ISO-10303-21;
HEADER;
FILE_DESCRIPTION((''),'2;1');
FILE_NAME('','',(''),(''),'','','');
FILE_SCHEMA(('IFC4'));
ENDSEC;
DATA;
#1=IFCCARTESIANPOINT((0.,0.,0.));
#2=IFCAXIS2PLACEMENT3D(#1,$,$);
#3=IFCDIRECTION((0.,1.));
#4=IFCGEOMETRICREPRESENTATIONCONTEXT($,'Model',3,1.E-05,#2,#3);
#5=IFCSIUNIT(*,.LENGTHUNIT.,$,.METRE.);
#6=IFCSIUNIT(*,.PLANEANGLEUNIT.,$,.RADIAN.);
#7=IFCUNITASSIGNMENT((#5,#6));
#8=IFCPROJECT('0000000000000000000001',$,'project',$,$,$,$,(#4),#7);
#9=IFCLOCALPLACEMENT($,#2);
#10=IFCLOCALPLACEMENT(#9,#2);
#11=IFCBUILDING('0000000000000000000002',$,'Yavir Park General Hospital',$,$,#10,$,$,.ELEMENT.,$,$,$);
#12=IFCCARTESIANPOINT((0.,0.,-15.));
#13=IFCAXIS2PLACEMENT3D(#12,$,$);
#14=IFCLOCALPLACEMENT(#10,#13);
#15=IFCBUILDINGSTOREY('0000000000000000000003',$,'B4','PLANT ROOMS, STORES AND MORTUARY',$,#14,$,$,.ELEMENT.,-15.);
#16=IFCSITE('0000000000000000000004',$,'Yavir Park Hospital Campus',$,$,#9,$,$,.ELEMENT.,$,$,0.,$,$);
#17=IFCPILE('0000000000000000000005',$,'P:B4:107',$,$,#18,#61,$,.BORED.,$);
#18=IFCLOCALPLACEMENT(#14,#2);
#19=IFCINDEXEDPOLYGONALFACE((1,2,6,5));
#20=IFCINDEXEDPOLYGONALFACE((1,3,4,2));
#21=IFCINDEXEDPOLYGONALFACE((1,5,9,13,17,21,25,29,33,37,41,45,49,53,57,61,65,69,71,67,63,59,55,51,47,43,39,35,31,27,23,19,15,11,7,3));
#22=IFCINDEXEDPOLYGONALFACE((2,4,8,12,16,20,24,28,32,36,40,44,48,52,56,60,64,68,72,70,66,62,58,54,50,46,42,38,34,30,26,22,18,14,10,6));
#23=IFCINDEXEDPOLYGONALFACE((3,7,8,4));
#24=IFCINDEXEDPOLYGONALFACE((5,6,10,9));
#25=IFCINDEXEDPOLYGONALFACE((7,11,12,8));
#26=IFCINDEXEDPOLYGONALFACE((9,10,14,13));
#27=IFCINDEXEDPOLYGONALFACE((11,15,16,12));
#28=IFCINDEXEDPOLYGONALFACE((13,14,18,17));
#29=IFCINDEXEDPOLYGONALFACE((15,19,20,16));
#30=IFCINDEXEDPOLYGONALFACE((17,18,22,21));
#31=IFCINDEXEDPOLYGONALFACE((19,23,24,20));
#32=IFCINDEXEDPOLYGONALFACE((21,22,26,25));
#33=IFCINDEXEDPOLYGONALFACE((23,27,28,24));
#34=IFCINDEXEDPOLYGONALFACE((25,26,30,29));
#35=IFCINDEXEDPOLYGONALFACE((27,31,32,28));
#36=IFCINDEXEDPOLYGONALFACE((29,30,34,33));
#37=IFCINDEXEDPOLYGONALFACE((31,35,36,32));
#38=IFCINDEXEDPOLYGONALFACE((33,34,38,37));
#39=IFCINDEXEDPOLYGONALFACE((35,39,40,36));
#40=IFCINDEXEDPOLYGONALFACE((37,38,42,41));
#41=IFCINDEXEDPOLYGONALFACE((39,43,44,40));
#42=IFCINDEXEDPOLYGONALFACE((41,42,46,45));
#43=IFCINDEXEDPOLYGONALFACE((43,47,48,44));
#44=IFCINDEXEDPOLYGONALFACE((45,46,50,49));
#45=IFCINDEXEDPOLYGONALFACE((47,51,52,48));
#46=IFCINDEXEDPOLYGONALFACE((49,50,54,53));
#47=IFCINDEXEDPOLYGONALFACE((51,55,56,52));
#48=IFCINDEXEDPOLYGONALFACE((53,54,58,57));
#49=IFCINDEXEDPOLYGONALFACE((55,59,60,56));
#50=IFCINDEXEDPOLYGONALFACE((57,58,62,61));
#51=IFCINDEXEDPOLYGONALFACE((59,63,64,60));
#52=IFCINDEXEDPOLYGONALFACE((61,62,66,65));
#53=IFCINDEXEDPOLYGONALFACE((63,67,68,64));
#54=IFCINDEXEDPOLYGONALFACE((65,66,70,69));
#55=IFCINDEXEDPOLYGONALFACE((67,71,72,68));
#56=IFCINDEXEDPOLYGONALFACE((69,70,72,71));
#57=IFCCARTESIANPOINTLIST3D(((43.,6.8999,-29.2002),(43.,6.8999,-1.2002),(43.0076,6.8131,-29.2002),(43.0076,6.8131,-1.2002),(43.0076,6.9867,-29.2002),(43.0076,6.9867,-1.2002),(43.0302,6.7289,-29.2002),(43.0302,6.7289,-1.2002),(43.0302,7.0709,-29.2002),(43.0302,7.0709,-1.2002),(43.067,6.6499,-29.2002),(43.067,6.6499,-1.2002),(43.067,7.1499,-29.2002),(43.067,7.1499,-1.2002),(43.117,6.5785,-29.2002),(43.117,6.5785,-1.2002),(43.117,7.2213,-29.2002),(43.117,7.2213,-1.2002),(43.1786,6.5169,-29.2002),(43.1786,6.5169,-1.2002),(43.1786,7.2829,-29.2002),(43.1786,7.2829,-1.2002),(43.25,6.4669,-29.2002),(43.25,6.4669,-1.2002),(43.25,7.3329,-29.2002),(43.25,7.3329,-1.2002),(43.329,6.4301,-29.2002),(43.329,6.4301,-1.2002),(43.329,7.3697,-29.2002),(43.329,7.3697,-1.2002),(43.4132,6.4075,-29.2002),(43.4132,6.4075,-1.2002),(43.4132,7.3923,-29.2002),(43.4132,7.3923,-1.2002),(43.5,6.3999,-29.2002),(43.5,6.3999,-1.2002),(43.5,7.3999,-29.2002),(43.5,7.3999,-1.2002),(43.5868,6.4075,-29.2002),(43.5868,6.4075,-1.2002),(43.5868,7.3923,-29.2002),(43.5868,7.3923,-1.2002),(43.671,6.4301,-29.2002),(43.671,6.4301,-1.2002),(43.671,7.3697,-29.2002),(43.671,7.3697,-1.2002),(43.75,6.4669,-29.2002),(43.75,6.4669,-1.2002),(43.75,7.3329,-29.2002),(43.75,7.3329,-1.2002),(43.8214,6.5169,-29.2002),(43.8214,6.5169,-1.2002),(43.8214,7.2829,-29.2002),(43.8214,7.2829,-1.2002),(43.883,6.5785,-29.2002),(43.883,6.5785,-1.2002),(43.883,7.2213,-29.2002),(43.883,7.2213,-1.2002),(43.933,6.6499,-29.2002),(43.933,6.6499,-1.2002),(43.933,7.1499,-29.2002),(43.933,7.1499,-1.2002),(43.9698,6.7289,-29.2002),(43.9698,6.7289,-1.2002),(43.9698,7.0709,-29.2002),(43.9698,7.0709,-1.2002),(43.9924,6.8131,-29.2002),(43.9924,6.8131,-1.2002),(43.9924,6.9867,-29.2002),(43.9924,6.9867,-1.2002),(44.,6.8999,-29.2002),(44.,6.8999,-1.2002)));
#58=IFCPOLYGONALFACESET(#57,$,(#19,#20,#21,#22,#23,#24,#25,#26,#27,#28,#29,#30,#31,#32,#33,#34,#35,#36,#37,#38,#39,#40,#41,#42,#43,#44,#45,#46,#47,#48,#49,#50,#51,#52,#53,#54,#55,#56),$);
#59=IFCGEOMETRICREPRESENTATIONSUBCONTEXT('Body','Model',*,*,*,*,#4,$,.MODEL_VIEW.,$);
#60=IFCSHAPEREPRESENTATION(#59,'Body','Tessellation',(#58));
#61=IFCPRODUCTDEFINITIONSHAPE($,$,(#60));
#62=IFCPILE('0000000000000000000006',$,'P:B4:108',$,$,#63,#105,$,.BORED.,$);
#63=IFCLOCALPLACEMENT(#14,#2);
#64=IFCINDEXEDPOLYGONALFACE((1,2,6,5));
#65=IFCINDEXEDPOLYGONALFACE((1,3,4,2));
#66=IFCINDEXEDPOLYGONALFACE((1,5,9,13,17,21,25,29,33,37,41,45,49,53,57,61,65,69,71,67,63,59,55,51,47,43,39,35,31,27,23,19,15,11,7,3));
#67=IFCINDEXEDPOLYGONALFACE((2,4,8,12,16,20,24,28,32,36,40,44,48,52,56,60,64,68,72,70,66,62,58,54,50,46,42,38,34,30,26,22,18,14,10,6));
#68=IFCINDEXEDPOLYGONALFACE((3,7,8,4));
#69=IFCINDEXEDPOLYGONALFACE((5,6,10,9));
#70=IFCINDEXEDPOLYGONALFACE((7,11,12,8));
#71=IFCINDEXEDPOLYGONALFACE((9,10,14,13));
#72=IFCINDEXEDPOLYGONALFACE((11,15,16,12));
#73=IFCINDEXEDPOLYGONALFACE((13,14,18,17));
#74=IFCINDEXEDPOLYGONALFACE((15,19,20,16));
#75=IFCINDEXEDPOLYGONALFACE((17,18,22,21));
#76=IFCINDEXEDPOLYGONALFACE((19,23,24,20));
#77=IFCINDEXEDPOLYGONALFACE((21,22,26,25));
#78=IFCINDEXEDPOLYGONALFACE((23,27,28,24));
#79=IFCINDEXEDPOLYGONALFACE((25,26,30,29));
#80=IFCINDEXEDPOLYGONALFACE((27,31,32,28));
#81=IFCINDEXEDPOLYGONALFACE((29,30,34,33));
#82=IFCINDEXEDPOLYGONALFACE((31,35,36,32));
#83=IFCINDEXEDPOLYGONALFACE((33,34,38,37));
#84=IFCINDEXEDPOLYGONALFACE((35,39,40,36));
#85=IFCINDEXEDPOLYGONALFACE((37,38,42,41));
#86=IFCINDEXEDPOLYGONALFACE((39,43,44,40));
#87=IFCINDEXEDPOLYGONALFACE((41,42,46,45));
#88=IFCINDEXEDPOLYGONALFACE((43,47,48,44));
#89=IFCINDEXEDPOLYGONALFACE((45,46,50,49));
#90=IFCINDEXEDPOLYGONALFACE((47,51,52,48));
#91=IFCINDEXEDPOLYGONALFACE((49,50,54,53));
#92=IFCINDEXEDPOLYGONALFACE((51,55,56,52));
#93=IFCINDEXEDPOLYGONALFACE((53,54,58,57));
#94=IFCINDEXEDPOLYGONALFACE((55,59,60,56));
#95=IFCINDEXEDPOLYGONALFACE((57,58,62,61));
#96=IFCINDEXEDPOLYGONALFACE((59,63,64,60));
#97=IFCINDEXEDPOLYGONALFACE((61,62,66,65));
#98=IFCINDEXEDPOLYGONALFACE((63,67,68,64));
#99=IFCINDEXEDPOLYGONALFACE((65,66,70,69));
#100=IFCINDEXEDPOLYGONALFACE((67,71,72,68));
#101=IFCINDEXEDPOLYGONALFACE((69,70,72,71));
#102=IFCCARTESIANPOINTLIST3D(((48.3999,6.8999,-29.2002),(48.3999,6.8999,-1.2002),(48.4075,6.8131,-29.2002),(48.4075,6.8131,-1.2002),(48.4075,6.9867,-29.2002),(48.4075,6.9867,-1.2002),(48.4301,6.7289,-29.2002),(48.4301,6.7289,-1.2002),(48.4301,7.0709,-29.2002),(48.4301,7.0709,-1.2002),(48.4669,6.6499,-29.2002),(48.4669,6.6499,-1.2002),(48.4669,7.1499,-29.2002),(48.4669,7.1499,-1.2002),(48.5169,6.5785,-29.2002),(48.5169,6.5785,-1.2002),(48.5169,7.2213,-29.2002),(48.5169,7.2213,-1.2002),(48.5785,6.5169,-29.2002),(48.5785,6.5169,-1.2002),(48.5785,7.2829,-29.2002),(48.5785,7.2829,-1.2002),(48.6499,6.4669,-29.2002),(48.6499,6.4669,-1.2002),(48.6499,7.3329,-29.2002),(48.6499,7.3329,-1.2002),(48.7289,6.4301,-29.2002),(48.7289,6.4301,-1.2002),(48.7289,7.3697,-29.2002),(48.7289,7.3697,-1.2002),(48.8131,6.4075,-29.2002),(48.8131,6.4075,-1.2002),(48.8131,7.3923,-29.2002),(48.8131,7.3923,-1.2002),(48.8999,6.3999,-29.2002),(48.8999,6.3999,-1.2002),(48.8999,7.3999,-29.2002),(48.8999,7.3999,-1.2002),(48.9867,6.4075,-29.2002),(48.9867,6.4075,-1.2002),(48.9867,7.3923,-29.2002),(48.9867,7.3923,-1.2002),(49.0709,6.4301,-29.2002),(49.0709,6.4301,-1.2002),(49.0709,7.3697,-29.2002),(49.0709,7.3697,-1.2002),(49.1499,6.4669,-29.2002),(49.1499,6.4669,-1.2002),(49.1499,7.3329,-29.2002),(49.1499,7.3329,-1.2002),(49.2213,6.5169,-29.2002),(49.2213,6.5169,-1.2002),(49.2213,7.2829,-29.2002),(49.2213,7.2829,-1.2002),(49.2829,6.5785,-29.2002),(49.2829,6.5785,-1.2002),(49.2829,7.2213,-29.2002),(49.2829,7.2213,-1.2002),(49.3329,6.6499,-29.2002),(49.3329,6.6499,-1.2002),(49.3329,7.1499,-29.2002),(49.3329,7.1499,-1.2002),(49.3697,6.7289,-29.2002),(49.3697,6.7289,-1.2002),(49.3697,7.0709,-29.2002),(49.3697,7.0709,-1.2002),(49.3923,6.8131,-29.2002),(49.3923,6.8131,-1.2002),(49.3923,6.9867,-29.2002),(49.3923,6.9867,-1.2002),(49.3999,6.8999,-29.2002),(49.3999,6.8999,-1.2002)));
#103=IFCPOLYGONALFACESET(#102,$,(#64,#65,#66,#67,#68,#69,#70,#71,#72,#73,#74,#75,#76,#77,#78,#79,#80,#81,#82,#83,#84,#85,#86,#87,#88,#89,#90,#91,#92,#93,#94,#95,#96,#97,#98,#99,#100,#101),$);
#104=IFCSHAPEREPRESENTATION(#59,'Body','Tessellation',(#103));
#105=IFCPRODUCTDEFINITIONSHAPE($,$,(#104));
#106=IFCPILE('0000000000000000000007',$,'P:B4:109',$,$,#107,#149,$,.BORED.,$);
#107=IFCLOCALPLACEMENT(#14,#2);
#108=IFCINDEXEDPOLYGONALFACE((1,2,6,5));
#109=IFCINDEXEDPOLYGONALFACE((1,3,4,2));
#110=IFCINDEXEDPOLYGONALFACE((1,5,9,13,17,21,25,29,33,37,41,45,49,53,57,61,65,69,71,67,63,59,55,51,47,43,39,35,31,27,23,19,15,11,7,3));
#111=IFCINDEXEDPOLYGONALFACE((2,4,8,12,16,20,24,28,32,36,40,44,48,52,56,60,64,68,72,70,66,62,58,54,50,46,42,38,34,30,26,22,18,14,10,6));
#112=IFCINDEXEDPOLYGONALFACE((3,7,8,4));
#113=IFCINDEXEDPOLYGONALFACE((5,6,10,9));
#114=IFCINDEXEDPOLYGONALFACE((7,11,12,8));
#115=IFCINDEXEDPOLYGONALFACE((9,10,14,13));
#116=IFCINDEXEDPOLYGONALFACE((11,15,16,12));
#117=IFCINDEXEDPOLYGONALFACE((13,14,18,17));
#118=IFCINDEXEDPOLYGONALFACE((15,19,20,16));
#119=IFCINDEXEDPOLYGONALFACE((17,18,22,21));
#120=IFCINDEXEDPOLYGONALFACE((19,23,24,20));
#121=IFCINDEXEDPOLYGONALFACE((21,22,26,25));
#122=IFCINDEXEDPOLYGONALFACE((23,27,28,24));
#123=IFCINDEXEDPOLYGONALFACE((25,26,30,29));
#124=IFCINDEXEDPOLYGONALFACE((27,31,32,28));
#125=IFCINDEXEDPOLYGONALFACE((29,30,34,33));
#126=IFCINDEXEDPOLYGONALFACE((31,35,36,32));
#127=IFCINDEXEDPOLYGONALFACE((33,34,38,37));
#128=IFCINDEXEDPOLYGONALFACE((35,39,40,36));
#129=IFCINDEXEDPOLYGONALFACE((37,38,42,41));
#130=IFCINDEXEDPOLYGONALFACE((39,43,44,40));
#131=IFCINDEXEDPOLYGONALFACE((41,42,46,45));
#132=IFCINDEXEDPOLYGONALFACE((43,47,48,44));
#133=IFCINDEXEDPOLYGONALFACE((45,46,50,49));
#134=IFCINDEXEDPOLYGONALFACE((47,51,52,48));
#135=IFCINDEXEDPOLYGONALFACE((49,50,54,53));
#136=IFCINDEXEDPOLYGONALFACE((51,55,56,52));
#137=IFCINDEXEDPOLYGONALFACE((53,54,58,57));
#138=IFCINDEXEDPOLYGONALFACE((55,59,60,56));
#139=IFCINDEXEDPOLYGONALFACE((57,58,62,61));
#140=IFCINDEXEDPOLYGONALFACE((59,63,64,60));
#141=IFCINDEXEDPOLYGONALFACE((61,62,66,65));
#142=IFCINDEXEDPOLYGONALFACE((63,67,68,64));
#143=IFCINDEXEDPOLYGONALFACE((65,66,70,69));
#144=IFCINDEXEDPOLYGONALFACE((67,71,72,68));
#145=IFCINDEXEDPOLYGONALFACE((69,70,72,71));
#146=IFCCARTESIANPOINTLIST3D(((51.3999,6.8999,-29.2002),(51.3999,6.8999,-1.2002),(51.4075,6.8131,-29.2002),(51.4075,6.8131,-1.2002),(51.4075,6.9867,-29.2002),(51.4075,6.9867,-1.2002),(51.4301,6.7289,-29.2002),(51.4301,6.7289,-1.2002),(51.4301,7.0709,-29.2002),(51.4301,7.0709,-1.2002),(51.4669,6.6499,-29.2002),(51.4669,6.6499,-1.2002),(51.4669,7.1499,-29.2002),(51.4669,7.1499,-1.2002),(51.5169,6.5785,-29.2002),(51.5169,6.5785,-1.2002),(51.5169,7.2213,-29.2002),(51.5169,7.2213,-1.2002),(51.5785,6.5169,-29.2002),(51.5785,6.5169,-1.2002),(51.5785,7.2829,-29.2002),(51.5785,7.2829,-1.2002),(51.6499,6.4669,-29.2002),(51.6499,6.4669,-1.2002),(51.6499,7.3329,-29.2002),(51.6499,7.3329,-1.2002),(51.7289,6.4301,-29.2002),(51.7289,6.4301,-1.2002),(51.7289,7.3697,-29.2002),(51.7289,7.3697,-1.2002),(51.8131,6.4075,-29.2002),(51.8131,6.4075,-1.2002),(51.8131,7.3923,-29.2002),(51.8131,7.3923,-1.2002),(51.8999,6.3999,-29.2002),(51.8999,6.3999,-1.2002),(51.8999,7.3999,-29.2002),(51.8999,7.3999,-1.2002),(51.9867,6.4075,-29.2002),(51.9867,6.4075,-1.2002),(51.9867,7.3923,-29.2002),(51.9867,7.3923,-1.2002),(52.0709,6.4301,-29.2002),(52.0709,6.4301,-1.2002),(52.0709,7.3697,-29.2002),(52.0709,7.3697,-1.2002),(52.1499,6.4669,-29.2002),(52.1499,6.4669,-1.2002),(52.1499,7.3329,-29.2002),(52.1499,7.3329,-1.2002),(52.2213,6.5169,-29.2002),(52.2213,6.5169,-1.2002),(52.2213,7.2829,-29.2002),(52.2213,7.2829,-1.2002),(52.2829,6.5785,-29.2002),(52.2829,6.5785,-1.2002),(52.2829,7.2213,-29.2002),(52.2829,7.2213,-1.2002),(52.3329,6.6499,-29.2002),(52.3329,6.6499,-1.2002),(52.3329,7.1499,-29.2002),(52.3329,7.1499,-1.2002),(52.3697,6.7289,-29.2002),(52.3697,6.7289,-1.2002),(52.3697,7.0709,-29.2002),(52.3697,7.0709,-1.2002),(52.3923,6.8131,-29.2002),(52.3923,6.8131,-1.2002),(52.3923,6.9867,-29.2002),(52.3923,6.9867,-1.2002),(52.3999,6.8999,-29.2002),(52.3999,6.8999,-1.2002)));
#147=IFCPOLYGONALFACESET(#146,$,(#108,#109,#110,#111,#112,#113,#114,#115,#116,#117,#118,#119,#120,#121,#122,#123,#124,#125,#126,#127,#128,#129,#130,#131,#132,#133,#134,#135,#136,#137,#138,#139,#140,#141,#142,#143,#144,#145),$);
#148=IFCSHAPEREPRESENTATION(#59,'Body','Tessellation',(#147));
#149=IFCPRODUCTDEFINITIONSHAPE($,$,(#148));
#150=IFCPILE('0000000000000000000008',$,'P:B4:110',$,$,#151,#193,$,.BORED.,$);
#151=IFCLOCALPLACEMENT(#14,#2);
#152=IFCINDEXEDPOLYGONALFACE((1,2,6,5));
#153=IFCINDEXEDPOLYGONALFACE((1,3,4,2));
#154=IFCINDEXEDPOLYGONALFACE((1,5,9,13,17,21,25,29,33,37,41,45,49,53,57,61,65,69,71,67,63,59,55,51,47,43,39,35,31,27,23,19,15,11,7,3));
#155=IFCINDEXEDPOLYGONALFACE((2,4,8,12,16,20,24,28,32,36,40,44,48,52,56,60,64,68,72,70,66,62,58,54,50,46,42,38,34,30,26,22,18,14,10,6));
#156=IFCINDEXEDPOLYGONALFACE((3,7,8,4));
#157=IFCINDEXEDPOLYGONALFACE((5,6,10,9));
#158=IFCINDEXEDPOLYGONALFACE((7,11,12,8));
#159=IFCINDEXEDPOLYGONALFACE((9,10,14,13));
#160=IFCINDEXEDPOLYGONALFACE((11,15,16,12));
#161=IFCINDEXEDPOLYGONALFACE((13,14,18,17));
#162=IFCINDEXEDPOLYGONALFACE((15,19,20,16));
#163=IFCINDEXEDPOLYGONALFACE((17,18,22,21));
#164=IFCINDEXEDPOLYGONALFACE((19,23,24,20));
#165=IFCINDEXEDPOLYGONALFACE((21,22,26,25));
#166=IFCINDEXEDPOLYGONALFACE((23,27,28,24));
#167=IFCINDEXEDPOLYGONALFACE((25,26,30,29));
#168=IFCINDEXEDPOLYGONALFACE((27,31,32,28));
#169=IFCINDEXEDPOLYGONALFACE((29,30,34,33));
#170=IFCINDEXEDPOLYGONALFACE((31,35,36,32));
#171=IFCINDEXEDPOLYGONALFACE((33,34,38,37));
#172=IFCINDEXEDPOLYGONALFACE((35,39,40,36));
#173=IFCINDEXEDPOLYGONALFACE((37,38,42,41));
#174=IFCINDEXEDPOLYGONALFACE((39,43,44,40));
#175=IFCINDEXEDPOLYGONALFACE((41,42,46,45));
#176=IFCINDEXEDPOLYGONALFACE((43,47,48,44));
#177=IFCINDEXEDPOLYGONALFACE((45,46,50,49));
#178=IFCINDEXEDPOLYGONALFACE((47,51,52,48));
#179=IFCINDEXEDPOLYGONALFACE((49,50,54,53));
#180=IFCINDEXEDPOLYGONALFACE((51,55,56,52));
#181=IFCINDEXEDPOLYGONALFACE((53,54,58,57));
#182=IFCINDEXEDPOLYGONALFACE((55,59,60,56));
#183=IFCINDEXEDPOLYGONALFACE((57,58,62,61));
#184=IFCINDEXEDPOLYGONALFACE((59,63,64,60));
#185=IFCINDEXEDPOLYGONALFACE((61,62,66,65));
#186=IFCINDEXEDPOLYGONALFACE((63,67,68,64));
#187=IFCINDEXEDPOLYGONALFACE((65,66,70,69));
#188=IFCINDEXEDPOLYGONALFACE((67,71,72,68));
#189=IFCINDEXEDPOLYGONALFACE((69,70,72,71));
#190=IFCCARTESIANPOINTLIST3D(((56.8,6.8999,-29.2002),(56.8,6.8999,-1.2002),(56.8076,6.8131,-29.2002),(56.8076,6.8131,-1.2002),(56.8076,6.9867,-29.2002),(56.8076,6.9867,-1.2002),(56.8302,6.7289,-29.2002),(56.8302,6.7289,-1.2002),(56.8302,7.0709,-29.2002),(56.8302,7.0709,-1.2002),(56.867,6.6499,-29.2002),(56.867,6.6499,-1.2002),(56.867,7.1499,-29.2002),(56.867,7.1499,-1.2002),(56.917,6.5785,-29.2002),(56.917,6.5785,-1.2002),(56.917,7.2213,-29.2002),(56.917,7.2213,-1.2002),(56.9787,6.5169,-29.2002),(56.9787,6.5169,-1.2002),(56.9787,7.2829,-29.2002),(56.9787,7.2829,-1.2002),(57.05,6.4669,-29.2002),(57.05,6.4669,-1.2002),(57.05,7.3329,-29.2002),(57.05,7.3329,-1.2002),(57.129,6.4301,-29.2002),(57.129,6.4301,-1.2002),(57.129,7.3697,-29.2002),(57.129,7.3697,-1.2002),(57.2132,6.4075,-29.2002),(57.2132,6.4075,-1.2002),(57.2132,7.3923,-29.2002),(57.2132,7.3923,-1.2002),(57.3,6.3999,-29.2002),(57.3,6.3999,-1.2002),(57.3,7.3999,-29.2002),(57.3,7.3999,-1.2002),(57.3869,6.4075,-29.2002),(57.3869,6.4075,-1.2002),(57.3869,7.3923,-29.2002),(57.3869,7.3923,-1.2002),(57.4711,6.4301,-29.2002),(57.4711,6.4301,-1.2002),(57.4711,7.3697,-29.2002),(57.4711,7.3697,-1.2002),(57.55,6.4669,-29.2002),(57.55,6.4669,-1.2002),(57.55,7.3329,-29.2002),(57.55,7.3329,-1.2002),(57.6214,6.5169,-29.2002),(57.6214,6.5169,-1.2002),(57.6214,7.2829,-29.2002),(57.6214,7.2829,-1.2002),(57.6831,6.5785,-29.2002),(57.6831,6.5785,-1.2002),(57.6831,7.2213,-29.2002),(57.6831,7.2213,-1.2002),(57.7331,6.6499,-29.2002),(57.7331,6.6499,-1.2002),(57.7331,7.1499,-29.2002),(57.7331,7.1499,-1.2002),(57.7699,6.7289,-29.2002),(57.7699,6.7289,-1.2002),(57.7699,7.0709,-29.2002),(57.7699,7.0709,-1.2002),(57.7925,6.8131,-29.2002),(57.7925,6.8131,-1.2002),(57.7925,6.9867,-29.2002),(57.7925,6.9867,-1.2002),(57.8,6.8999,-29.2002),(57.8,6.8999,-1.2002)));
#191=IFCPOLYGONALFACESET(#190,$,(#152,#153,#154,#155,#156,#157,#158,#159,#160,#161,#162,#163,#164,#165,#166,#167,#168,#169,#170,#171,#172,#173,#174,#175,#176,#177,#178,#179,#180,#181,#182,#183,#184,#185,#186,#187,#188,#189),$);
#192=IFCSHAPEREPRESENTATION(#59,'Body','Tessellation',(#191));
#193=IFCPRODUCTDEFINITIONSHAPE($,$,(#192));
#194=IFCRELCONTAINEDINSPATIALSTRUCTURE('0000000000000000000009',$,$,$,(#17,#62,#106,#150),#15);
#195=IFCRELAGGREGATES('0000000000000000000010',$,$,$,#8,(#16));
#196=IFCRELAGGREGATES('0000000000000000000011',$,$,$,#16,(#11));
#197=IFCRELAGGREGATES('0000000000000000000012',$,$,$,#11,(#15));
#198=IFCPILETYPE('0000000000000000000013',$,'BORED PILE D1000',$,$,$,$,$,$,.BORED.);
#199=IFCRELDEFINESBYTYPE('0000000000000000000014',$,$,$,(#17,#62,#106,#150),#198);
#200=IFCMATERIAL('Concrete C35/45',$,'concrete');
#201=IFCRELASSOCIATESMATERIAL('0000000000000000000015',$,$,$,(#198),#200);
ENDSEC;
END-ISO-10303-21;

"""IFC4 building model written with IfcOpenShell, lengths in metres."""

from ifc_helpers import new_model, si_unit, direction, frame, origin, origin_2d, place, context, subcontext, project, spatial, circle, extrude, material, material_profile, profile_set, type_object, element, save


model = new_model("IFC4")

# Units and contexts
model_context = context("Model", 3, precision=1e-05, world=origin(), true_north=direction((0.0, 1.0)))
body_context = subcontext(model_context, "Body", "Model", "MODEL_VIEW")
ifc_project = project(units=[si_unit("LENGTHUNIT", "METRE"), si_unit("PLANEANGLEUNIT", "RADIAN")], contexts=[model_context])

# Site, building, storey
site_placement = place(None, origin())
site = spatial("IfcSite", under=ifc_project, at=site_placement, Name="Yavir Park Hospital Campus", CompositionType="ELEMENT", RefElevation=0.0)
building_placement = place(site_placement, origin())
building = spatial("IfcBuilding", under=site, at=building_placement, Name="Yavir Park General Hospital", CompositionType="ELEMENT")
storey_placement = place(building_placement, frame((0.0, 0.0, -15.0)))
storey = spatial("IfcBuildingStorey", under=building, at=storey_placement, Name="B4", Description="PLANT ROOMS, STORES AND MORTUARY", CompositionType="ELEMENT", Elevation=-15.0)

# Piles
ifc_material_1 = material(Name="Concrete C35/45", Category="concrete")
ifc_material_profile_1 = material_profile(ifc_material_1, circle(Radius=0.5, at=origin_2d()), Name="D1000")
ifc_profile_set_1 = profile_set([ifc_material_profile_1], Name="Concrete C35/45")
pile_type_1 = type_object("IfcPileType", Name="BORED PILE D1000", PredefinedType="BORED", material=ifc_profile_set_1)
for number, where, z_axis, x_axis, name in (
    (1, (43.5, 6.8999, -1.2002), (0.0, 0.0, -1.0), (1.0, 0.0, 0.0), "P:B4:107"),
    (2, (48.8999, 6.8999, -1.2002), (0.0, 0.0, -1.0), (1.0, 0.0, 0.0), "P:B4:108"),
    (3, (51.8999, 6.8999, -1.2002), (0.0, 0.0, -1.0), (1.0, 0.0, 0.0), "P:B4:109"),
    (4, (57.3, 6.8999, -1.2002), (0.0, 0.0, -1.0), (1.0, 0.0, 0.0), "P:B4:110"),
):
    element("IfcPile", number, at=place(storey_placement, frame(where, z_axis=z_axis, x_axis=x_axis)), inside=storey, type_object=pile_type_1, Name=name, PredefinedType="BORED", context=body_context, shape_type="SweptSolid", body=[
        extrude(circle(Radius=0.5, at=origin_2d()), origin(), (0.0, 0.0, 1.0), 28.0),
    ])

save(model, "model.ifc")
